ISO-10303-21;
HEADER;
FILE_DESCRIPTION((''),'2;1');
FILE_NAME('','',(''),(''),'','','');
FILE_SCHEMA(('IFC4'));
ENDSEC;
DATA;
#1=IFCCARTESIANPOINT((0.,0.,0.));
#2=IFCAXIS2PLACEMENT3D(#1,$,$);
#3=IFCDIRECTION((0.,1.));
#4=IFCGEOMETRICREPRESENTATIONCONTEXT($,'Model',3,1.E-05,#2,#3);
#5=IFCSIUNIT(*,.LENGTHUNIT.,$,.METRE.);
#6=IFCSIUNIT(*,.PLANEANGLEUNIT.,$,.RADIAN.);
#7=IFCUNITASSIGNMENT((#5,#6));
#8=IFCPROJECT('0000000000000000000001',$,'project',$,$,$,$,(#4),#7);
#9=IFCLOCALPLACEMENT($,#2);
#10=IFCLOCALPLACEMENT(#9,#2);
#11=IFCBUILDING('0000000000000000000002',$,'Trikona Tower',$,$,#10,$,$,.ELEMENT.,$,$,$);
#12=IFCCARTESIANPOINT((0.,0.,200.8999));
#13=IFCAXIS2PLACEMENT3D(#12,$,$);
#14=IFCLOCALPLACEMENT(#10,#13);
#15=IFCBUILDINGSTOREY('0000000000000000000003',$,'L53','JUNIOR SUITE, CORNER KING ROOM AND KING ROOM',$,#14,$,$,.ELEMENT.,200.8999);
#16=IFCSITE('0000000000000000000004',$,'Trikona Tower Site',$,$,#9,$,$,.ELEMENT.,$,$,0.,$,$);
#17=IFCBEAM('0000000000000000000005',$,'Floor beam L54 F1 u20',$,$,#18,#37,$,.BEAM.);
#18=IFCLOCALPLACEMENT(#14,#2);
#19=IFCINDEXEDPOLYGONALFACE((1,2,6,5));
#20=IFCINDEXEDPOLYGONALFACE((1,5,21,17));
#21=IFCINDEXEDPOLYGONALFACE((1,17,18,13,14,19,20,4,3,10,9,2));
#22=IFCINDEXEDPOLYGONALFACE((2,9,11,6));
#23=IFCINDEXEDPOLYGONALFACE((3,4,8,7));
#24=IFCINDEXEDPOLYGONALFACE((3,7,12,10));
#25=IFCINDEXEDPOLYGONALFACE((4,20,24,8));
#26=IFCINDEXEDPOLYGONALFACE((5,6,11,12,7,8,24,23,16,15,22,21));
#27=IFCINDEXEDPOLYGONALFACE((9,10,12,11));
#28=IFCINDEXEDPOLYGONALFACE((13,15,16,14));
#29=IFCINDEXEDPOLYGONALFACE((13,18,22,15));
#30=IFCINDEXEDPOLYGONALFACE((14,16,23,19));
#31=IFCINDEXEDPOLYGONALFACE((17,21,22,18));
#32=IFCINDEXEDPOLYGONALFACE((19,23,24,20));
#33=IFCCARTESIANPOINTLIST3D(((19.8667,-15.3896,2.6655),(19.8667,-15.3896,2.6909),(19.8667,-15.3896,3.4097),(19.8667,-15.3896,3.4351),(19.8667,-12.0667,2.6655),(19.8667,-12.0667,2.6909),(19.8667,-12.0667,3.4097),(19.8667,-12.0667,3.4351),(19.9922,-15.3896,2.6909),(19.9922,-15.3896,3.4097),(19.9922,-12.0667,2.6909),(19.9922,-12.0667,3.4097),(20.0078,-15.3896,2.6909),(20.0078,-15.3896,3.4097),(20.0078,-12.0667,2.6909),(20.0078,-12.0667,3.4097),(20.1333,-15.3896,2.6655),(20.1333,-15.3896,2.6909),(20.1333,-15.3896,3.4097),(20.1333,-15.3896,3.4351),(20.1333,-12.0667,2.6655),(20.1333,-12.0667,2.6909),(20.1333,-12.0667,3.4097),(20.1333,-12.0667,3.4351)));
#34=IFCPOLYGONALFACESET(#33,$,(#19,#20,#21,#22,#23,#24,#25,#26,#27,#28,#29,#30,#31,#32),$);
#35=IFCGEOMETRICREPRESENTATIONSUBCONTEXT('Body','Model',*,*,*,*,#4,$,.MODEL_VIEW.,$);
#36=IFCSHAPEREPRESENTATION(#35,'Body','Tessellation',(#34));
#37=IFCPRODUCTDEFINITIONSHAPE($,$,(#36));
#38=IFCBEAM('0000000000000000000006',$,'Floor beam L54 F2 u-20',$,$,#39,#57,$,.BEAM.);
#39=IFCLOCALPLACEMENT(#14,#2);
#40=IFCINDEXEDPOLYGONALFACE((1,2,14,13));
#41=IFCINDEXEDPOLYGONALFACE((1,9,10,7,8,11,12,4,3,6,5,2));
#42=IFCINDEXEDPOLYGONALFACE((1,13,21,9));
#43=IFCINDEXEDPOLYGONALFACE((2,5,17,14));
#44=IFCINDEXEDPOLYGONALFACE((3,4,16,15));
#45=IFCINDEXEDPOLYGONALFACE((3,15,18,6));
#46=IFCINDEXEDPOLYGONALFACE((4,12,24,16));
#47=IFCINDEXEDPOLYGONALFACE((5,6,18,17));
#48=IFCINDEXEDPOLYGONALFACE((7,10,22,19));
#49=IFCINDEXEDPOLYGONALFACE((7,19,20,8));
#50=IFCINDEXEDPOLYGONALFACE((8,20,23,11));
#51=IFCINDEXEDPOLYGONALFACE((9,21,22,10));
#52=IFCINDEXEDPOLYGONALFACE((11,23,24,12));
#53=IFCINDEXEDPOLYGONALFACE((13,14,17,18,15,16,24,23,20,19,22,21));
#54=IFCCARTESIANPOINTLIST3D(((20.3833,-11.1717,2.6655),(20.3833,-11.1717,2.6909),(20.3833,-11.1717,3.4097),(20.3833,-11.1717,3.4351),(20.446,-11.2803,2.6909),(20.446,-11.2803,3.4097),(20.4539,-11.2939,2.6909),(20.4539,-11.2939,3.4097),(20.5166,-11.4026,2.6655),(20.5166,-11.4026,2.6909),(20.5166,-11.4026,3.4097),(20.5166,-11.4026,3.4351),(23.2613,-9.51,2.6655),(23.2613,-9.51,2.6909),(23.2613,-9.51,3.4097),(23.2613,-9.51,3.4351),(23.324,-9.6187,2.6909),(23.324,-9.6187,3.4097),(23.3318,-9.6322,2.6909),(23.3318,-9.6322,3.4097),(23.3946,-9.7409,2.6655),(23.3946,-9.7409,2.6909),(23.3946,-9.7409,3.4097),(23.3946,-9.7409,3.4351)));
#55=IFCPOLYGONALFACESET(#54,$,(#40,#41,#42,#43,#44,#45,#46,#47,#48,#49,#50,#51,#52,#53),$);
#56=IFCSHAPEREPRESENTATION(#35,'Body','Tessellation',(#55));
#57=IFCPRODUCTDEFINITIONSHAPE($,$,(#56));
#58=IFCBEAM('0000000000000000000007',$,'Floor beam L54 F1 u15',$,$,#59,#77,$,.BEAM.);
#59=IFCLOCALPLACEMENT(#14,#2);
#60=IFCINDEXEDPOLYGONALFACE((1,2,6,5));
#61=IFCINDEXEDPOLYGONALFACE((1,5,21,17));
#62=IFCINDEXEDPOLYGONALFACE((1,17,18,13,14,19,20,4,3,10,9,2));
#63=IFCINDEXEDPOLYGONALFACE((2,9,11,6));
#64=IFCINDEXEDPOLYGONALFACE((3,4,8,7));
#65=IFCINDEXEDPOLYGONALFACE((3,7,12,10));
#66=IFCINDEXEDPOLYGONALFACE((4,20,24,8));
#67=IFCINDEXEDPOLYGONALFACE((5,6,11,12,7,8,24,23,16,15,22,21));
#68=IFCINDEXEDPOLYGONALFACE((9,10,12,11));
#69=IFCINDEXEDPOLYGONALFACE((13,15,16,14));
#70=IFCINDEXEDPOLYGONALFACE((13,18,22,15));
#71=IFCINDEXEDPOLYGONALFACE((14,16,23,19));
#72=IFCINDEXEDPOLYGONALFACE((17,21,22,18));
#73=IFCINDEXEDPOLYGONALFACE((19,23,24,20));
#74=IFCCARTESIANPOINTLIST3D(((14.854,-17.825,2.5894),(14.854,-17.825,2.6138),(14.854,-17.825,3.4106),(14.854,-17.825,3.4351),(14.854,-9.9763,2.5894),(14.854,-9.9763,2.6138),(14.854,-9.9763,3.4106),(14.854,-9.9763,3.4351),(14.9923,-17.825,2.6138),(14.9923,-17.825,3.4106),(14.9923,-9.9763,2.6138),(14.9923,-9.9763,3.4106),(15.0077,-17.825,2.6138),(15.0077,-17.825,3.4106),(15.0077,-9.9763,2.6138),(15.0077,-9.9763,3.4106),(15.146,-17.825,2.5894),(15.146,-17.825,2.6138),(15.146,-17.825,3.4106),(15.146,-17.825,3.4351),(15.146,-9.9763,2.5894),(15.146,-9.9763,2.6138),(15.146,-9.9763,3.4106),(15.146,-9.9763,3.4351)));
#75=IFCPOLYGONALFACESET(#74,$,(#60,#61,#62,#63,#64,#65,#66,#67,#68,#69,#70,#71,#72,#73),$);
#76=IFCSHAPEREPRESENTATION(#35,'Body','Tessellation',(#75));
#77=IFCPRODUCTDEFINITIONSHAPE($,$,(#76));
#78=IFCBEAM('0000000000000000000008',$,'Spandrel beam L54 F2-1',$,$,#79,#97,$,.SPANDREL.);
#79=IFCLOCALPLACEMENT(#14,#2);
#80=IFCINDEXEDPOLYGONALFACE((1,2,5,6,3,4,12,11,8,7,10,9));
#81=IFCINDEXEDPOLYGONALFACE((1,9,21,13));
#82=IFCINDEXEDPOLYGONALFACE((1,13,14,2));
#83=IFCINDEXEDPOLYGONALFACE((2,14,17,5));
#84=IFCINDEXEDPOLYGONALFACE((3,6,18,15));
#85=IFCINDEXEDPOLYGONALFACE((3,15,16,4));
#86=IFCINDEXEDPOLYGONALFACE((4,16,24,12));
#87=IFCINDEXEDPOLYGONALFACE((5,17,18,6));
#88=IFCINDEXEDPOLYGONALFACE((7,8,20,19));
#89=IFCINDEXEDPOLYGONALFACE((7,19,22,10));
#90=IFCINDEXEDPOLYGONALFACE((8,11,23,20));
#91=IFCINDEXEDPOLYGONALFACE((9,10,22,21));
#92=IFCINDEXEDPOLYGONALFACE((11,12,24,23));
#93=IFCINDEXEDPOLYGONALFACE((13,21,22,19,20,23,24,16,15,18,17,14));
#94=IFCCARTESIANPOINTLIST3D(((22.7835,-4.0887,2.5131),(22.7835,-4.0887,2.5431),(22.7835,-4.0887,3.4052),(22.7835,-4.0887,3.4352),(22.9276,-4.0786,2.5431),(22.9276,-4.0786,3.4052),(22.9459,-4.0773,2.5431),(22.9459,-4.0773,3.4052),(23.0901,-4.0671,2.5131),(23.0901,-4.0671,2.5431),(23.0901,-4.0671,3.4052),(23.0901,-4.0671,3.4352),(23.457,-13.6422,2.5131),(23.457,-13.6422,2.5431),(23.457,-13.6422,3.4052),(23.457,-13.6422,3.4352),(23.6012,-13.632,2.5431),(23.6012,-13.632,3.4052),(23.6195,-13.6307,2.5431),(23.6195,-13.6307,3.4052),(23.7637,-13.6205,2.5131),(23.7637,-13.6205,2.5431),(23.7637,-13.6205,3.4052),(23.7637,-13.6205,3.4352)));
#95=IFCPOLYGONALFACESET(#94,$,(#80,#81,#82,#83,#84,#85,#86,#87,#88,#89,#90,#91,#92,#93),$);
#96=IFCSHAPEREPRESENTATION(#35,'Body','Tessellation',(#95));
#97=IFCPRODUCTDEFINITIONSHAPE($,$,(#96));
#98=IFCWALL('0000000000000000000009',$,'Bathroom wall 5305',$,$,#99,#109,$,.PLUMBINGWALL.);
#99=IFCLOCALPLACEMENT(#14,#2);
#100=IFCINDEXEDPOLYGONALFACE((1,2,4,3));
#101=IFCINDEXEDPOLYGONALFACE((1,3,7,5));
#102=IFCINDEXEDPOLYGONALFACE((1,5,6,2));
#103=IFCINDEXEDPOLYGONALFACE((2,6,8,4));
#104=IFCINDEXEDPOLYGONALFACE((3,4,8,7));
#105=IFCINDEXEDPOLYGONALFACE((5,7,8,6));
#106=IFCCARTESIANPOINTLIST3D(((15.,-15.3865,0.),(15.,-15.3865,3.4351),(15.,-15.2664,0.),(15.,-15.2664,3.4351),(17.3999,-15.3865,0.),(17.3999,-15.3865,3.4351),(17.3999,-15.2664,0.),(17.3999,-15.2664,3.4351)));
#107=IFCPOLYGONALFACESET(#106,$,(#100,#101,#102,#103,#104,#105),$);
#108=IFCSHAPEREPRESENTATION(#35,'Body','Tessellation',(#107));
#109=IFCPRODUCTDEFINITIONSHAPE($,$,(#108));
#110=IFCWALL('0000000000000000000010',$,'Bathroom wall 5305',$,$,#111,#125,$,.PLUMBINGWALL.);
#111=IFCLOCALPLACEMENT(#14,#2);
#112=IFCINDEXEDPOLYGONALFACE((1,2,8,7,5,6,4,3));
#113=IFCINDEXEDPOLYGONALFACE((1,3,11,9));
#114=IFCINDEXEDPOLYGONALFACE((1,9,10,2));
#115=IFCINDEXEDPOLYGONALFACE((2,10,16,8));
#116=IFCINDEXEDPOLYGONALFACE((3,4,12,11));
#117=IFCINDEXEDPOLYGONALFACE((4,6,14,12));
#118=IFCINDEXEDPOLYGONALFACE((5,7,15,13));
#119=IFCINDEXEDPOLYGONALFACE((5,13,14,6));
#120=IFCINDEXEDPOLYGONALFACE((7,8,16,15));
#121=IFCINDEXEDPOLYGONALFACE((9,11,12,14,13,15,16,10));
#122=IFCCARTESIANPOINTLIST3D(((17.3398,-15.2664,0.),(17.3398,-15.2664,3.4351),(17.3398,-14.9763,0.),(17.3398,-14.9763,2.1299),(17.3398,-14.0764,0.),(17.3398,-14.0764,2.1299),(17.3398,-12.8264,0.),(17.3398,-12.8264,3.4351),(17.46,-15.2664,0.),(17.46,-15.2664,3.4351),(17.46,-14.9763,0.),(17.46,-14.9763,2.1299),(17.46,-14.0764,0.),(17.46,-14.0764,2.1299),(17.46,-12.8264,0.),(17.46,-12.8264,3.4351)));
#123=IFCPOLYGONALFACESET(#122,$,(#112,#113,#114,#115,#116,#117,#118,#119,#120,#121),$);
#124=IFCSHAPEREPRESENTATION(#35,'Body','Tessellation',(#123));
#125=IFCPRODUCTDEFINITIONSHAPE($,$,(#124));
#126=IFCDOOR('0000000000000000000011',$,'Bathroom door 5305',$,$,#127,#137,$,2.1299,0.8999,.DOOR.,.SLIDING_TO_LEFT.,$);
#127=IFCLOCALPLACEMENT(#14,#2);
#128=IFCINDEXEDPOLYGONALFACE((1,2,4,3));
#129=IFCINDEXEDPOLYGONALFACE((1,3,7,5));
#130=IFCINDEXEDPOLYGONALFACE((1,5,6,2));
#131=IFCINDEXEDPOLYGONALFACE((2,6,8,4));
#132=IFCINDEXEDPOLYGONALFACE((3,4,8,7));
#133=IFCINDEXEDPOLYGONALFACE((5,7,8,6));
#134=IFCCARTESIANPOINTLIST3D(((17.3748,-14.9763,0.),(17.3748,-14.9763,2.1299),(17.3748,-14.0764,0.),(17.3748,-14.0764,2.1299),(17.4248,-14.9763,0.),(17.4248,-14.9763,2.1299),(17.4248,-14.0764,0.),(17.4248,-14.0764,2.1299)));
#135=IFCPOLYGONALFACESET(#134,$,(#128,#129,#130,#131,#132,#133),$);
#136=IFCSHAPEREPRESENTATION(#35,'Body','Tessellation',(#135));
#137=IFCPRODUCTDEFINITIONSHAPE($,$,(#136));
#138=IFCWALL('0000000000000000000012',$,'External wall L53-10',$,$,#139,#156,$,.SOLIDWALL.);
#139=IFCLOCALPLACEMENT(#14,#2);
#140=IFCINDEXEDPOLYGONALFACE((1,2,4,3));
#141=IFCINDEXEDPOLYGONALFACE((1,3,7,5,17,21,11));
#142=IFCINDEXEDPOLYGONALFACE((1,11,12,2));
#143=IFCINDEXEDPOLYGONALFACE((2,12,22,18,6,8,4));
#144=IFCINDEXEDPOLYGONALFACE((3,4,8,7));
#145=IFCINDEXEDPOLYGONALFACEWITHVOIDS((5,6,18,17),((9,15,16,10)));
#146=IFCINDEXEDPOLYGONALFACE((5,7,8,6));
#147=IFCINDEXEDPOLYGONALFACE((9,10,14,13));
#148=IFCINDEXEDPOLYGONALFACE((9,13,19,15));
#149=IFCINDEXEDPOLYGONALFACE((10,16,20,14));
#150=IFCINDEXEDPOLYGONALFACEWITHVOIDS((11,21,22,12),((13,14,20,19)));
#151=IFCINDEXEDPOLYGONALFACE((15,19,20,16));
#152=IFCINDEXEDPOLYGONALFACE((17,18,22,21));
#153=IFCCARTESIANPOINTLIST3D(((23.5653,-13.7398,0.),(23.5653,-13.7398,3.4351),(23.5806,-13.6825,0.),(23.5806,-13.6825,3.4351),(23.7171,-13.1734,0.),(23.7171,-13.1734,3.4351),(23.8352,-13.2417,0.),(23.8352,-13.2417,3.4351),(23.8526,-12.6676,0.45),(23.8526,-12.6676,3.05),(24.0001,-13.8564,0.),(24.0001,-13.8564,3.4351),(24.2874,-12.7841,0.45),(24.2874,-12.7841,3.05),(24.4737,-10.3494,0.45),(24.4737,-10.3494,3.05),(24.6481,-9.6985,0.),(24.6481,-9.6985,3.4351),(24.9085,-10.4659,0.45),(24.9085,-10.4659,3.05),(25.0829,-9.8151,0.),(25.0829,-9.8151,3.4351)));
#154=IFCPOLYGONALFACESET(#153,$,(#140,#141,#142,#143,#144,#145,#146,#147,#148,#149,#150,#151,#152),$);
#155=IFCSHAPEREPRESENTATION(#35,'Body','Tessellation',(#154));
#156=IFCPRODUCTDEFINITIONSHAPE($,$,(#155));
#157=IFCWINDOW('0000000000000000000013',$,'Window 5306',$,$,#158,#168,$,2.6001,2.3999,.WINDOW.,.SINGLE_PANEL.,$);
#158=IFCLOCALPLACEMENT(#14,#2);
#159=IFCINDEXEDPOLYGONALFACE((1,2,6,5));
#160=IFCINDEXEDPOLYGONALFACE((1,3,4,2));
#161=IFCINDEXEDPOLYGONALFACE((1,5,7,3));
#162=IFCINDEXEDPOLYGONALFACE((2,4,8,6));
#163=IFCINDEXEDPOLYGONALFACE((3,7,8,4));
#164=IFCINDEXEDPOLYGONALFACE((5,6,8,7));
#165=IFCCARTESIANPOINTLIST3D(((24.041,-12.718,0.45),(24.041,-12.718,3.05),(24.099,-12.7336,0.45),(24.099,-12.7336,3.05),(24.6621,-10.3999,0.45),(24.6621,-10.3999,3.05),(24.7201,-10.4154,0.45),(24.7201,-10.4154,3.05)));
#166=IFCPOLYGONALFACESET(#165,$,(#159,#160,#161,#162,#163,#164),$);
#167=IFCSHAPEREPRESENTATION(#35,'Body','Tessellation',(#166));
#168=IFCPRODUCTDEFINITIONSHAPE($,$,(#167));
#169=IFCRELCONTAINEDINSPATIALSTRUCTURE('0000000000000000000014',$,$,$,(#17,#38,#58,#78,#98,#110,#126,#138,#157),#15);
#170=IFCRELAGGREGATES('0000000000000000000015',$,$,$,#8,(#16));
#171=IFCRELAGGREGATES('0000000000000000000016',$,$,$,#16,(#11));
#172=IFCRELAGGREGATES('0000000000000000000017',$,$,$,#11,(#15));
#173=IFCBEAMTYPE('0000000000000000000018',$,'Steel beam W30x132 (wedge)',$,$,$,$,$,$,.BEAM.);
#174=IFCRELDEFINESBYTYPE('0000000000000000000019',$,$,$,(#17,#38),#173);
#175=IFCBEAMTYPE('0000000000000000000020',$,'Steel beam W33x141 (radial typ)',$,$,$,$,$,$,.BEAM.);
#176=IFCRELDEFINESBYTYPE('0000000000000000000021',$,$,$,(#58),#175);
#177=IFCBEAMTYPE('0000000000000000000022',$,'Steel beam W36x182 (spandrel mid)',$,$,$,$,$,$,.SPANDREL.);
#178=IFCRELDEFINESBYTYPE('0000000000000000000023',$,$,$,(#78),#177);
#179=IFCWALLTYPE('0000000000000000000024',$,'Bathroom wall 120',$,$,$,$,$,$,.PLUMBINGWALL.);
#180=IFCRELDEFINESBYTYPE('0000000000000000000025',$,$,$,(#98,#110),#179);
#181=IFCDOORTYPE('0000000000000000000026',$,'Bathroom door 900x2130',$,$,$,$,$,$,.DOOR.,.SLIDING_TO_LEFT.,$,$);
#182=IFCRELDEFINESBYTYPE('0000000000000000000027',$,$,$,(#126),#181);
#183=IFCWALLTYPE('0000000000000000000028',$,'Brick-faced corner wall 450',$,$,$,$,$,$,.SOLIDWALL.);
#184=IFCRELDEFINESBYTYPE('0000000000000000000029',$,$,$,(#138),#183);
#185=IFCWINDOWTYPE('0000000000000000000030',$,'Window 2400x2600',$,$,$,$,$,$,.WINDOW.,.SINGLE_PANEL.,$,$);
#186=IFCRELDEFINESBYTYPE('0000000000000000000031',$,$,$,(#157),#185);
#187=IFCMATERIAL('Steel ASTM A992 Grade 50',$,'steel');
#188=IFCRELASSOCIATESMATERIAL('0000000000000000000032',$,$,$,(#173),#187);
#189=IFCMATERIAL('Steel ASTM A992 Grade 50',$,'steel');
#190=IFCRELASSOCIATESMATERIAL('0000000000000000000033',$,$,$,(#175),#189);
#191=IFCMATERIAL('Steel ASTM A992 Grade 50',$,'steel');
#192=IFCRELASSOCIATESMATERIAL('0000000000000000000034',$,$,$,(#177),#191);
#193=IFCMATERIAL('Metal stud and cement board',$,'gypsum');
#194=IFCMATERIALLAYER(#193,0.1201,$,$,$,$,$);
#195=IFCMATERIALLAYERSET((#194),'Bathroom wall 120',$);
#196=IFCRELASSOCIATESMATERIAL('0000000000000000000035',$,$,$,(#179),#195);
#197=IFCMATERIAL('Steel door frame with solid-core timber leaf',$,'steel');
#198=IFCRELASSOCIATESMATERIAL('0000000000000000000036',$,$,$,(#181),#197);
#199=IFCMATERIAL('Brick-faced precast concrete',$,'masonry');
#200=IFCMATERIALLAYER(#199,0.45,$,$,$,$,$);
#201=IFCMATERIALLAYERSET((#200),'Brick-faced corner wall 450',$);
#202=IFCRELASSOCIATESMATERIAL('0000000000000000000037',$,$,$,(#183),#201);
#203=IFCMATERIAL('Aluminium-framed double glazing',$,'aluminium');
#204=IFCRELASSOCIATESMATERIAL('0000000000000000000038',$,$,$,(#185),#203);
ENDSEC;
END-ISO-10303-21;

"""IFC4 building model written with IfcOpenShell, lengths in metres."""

from ifc_helpers import new_model, si_unit, direction, frame, frame_2d, origin, origin_2d, place, context, subcontext, project, spatial, polyline, rectangle, i_section, outline, extrude, material, layer, layer_set, material_profile, profile_set, type_object, element, fill, save


model = new_model("IFC4")

# Units and contexts
model_context = context("Model", 3, precision=1e-05, world=origin(), true_north=direction((0.0, 1.0)))
body_context = subcontext(model_context, "Body", "Model", "MODEL_VIEW")
ifc_project = project(units=[si_unit("LENGTHUNIT", "METRE"), si_unit("PLANEANGLEUNIT", "RADIAN")], contexts=[model_context])

# Site, building, storey
site_placement = place(None, origin())
site = spatial("IfcSite", under=ifc_project, at=site_placement, Name="Trikona Tower Site", CompositionType="ELEMENT", RefElevation=0.0)
building_placement = place(site_placement, origin())
building = spatial("IfcBuilding", under=site, at=building_placement, Name="Trikona Tower", CompositionType="ELEMENT")
storey_placement = place(building_placement, frame((0.0, 0.0, 200.8999)))
storey = spatial("IfcBuildingStorey", under=building, at=storey_placement, Name="L53", Description="JUNIOR SUITE, CORNER KING ROOM AND KING ROOM", CompositionType="ELEMENT", Elevation=200.8999)

# Beams
ifc_material_1 = material(Name="Steel ASTM A992 Grade 50", Category="steel")
ifc_material_profile_1 = material_profile(ifc_material_1, i_section(OverallWidth=0.2666, OverallDepth=0.7695, WebThickness=0.0156, FlangeThickness=0.0254, at=origin_2d()), Name="W30X132")
ifc_profile_set_1 = profile_set([ifc_material_profile_1], Name="Steel ASTM A992 Grade 50")
beam_type_1 = type_object("IfcBeamType", Name="Steel beam W30x132 (wedge)", PredefinedType="BEAM", material=ifc_profile_set_1)
beam_1_placement = place(storey_placement, frame((20.0, -12.0667, 3.0503), z_axis=(0.0, -1.0, 0.0), x_axis=(1.0, 0.0, 0.0)))
element("IfcBeam", 1, at=beam_1_placement, inside=storey, type_object=beam_type_1, Name="Floor beam L54 F1 u20", PredefinedType="BEAM", context=body_context, shape_type="SweptSolid", body=[
    extrude(i_section(OverallWidth=0.2666, OverallDepth=0.7695, WebThickness=0.0156, FlangeThickness=0.0254, at=origin_2d()), origin(), (0.0, 0.0, 1.0), 3.323),
])
beam_2_placement = place(storey_placement, frame((20.45, -11.2871, 3.0503), z_axis=(0.866019, 0.500011, 0.0), x_axis=(-0.500011, 0.866019, 0.0)))
element("IfcBeam", 2, at=beam_2_placement, inside=storey, type_object=beam_type_1, Name="Floor beam L54 F2 u-20", PredefinedType="BEAM", context=body_context, shape_type="SweptSolid", body=[
    extrude(i_section(OverallWidth=0.2666, OverallDepth=0.7695, WebThickness=0.0156, FlangeThickness=0.0254, at=origin_2d()), origin(), (0.0, 0.0, 1.0), 3.3232),
])
ifc_material_2 = material(Name="Steel ASTM A992 Grade 50", Category="steel")
ifc_material_profile_2 = material_profile(ifc_material_2, i_section(OverallWidth=0.292, OverallDepth=0.8457, WebThickness=0.0154, FlangeThickness=0.0244, at=origin_2d()), Name="W33X141")
ifc_profile_set_2 = profile_set([ifc_material_profile_2], Name="Steel ASTM A992 Grade 50")
beam_type_2 = type_object("IfcBeamType", Name="Steel beam W33x141 (radial typ)", PredefinedType="BEAM", material=ifc_profile_set_2)
beam_3_placement = place(storey_placement, frame((15.0, -9.9763, 3.0122), z_axis=(0.0, -1.0, 0.0), x_axis=(1.0, 0.0, 0.0)))
element("IfcBeam", 3, at=beam_3_placement, inside=storey, type_object=beam_type_2, Name="Floor beam L54 F1 u15", PredefinedType="BEAM", context=body_context, shape_type="SweptSolid", body=[
    extrude(i_section(OverallWidth=0.292, OverallDepth=0.8457, WebThickness=0.0154, FlangeThickness=0.0244, at=origin_2d()), origin(), (0.0, 0.0, 1.0), 7.8486),
])
ifc_material_3 = material(Name="Steel ASTM A992 Grade 50", Category="steel")
ifc_material_profile_3 = material_profile(ifc_material_3, i_section(OverallWidth=0.3074, OverallDepth=0.9221, WebThickness=0.0183, FlangeThickness=0.03, at=origin_2d()), Name="W36X182")
ifc_profile_set_3 = profile_set([ifc_material_profile_3], Name="Steel ASTM A992 Grade 50")
beam_type_3 = type_object("IfcBeamType", Name="Steel beam W36x182 (spandrel mid)", PredefinedType="SPANDREL", material=ifc_profile_set_3)
beam_4_placement = place(storey_placement, frame((23.6104, -13.6313, 2.9741), z_axis=(-0.070332, 0.997524, 0.0), x_axis=(-0.997524, -0.070332, 0.0)))
element("IfcBeam", 4, at=beam_4_placement, inside=storey, type_object=beam_type_3, Name="Spandrel beam L54 F2-1", PredefinedType="SPANDREL", context=body_context, shape_type="SweptSolid", body=[
    extrude(i_section(OverallWidth=0.3074, OverallDepth=0.9221, WebThickness=0.0183, FlangeThickness=0.03, at=origin_2d()), origin(), (0.0, 0.0, 1.0), 9.5771),
])

# Wall
ifc_material_4 = material(Name="Metal stud and cement board", Category="gypsum")
ifc_layer_1 = layer(ifc_material_4, 0.1201)
ifc_layer_set_1 = layer_set([ifc_layer_1], Name="Bathroom wall 120")
wall_type_1 = type_object("IfcWallType", Name="Bathroom wall 120", PredefinedType="PLUMBINGWALL", material=ifc_layer_set_1)
wall_1_placement = place(storey_placement, frame((15.0, -15.3264, 0.0), z_axis=(0.0, 0.0, 1.0), x_axis=(1.0, 0.0, 0.0)))
element("IfcWall", 5, at=wall_1_placement, inside=storey, type_object=wall_type_1, Name="Bathroom wall 5305", PredefinedType="PLUMBINGWALL", context=body_context, shape_type="SweptSolid", body=[
    extrude(rectangle(XDim=2.3999, YDim=0.1201, at=frame_2d((1.2, 0.0))), origin(), (0.0, 0.0, 1.0), 3.4351),
])

# Wall, opening, door
wall_2_placement = place(storey_placement, frame((17.3999, -12.8264, 0.0), z_axis=(0.0, 0.0, 1.0), x_axis=(0.0, -1.0, 0.0)))
wall_2 = element("IfcWall", 6, at=wall_2_placement, inside=storey, type_object=wall_type_1, Name="Bathroom wall 5305", PredefinedType="PLUMBINGWALL", context=body_context, shape_type="SweptSolid", body=[
    extrude(rectangle(XDim=2.4399, YDim=0.1201, at=frame_2d((1.22, 0.0))), origin(), (0.0, 0.0, 1.0), 3.4351),
])
opening_1_placement = place(wall_2_placement, frame((1.25, 0.0, 0.0)))
opening_1 = element("IfcOpeningElement", 7, at=opening_1_placement, cuts=wall_2, PredefinedType="OPENING", context=body_context, shape_type="SweptSolid", body=[
    extrude(rectangle(XDim=0.8999, YDim=2.1299, at=frame_2d((0.45, 1.0649))), frame((0.0, 0.0701, 0.0), z_axis=(0.0, -1.0, 0.0), x_axis=(1.0, 0.0, 0.0)), (0.0, 0.0, 1.0), 0.1401),
])
ifc_material_5 = material(Name="Steel door frame with solid-core timber leaf", Category="steel")
door_type_1 = type_object("IfcDoorType", Name="Bathroom door 900x2130", OperationType="SLIDING_TO_LEFT", PredefinedType="DOOR", material=ifc_material_5)
door_1_placement = place(opening_1_placement, origin())
door_1 = element("IfcDoor", 8, at=door_1_placement, inside=storey, type_object=door_type_1, Name="Bathroom door 5305", OperationType="SLIDING_TO_LEFT", OverallHeight=2.1299, OverallWidth=0.8999, PredefinedType="DOOR", context=body_context, shape_type="SweptSolid", body=[
    extrude(rectangle(XDim=0.8999, YDim=2.1299, at=frame_2d((0.45, 1.0649))), frame((0.0, 0.0249, 0.0), z_axis=(0.0, -1.0, 0.0), x_axis=(1.0, 0.0, 0.0)), (0.0, 0.0, 1.0), 0.05),
])
fill(opening_1, door_1)

# Wall, opening, window
ifc_material_6 = material(Name="Brick-faced precast concrete", Category="masonry")
ifc_layer_2 = layer(ifc_material_6, 0.45)
ifc_layer_set_2 = layer_set([ifc_layer_2], Name="Brick-faced corner wall 450")
wall_type_2 = type_object("IfcWallType", Name="Brick-faced corner wall 450", PredefinedType="SOLIDWALL", material=ifc_layer_set_2)
wall_3_placement = place(storey_placement, frame((23.7827, -13.7981, 0.0), z_axis=(0.0, 0.0, 1.0), x_axis=(0.258799, 0.965931, 0.0)))
wall_3 = element("IfcWall", 9, at=wall_3_placement, inside=storey, type_object=wall_type_2, Name="External wall L53-10", PredefinedType="SOLIDWALL", context=body_context, shape_type="SweptSolid", body=[
    extrude(outline(polyline([(4.1838, 0.2251), (0.5864, 0.2251), (0.551, 0.0933), (0.0593, 0.2251), (0.0, 0.2251), (0.0, -0.2251), (4.1838, -0.2251), (4.1838, 0.2251)])), origin(), (0.0, 0.0, 1.0), 3.4351),
])
opening_2_placement = place(wall_3_placement, frame((1.1101, 0.0, 0.45)))
opening_2 = element("IfcOpeningElement", 10, at=opening_2_placement, cuts=wall_3, PredefinedType="OPENING", context=body_context, shape_type="SweptSolid", body=[
    extrude(rectangle(XDim=2.3999, YDim=2.6001, at=frame_2d((1.2, 1.3))), frame((0.0, 0.2349, 0.0), z_axis=(0.0, -1.0, 0.0), x_axis=(1.0, 0.0, 0.0)), (0.0, 0.0, 1.0), 0.47),
])
ifc_material_7 = material(Name="Aluminium-framed double glazing", Category="aluminium")
window_type_1 = type_object("IfcWindowType", Name="Window 2400x2600", PartitioningType="SINGLE_PANEL", PredefinedType="WINDOW", material=ifc_material_7)
window_1_placement = place(opening_2_placement, origin())
window_1 = element("IfcWindow", 11, at=window_1_placement, inside=storey, type_object=window_type_1, Name="Window 5306", OverallHeight=2.6001, OverallWidth=2.3999, PartitioningType="SINGLE_PANEL", PredefinedType="WINDOW", context=body_context, shape_type="SweptSolid", body=[
    extrude(rectangle(XDim=2.3999, YDim=2.6001, at=frame_2d((1.2, 1.3))), frame((0.0, 0.03, 0.0), z_axis=(0.0, -1.0, 0.0), x_axis=(1.0, 0.0, 0.0)), (0.0, 0.0, 1.0), 0.0601),
])
fill(opening_2, window_1)

save(model, "model.ifc")
